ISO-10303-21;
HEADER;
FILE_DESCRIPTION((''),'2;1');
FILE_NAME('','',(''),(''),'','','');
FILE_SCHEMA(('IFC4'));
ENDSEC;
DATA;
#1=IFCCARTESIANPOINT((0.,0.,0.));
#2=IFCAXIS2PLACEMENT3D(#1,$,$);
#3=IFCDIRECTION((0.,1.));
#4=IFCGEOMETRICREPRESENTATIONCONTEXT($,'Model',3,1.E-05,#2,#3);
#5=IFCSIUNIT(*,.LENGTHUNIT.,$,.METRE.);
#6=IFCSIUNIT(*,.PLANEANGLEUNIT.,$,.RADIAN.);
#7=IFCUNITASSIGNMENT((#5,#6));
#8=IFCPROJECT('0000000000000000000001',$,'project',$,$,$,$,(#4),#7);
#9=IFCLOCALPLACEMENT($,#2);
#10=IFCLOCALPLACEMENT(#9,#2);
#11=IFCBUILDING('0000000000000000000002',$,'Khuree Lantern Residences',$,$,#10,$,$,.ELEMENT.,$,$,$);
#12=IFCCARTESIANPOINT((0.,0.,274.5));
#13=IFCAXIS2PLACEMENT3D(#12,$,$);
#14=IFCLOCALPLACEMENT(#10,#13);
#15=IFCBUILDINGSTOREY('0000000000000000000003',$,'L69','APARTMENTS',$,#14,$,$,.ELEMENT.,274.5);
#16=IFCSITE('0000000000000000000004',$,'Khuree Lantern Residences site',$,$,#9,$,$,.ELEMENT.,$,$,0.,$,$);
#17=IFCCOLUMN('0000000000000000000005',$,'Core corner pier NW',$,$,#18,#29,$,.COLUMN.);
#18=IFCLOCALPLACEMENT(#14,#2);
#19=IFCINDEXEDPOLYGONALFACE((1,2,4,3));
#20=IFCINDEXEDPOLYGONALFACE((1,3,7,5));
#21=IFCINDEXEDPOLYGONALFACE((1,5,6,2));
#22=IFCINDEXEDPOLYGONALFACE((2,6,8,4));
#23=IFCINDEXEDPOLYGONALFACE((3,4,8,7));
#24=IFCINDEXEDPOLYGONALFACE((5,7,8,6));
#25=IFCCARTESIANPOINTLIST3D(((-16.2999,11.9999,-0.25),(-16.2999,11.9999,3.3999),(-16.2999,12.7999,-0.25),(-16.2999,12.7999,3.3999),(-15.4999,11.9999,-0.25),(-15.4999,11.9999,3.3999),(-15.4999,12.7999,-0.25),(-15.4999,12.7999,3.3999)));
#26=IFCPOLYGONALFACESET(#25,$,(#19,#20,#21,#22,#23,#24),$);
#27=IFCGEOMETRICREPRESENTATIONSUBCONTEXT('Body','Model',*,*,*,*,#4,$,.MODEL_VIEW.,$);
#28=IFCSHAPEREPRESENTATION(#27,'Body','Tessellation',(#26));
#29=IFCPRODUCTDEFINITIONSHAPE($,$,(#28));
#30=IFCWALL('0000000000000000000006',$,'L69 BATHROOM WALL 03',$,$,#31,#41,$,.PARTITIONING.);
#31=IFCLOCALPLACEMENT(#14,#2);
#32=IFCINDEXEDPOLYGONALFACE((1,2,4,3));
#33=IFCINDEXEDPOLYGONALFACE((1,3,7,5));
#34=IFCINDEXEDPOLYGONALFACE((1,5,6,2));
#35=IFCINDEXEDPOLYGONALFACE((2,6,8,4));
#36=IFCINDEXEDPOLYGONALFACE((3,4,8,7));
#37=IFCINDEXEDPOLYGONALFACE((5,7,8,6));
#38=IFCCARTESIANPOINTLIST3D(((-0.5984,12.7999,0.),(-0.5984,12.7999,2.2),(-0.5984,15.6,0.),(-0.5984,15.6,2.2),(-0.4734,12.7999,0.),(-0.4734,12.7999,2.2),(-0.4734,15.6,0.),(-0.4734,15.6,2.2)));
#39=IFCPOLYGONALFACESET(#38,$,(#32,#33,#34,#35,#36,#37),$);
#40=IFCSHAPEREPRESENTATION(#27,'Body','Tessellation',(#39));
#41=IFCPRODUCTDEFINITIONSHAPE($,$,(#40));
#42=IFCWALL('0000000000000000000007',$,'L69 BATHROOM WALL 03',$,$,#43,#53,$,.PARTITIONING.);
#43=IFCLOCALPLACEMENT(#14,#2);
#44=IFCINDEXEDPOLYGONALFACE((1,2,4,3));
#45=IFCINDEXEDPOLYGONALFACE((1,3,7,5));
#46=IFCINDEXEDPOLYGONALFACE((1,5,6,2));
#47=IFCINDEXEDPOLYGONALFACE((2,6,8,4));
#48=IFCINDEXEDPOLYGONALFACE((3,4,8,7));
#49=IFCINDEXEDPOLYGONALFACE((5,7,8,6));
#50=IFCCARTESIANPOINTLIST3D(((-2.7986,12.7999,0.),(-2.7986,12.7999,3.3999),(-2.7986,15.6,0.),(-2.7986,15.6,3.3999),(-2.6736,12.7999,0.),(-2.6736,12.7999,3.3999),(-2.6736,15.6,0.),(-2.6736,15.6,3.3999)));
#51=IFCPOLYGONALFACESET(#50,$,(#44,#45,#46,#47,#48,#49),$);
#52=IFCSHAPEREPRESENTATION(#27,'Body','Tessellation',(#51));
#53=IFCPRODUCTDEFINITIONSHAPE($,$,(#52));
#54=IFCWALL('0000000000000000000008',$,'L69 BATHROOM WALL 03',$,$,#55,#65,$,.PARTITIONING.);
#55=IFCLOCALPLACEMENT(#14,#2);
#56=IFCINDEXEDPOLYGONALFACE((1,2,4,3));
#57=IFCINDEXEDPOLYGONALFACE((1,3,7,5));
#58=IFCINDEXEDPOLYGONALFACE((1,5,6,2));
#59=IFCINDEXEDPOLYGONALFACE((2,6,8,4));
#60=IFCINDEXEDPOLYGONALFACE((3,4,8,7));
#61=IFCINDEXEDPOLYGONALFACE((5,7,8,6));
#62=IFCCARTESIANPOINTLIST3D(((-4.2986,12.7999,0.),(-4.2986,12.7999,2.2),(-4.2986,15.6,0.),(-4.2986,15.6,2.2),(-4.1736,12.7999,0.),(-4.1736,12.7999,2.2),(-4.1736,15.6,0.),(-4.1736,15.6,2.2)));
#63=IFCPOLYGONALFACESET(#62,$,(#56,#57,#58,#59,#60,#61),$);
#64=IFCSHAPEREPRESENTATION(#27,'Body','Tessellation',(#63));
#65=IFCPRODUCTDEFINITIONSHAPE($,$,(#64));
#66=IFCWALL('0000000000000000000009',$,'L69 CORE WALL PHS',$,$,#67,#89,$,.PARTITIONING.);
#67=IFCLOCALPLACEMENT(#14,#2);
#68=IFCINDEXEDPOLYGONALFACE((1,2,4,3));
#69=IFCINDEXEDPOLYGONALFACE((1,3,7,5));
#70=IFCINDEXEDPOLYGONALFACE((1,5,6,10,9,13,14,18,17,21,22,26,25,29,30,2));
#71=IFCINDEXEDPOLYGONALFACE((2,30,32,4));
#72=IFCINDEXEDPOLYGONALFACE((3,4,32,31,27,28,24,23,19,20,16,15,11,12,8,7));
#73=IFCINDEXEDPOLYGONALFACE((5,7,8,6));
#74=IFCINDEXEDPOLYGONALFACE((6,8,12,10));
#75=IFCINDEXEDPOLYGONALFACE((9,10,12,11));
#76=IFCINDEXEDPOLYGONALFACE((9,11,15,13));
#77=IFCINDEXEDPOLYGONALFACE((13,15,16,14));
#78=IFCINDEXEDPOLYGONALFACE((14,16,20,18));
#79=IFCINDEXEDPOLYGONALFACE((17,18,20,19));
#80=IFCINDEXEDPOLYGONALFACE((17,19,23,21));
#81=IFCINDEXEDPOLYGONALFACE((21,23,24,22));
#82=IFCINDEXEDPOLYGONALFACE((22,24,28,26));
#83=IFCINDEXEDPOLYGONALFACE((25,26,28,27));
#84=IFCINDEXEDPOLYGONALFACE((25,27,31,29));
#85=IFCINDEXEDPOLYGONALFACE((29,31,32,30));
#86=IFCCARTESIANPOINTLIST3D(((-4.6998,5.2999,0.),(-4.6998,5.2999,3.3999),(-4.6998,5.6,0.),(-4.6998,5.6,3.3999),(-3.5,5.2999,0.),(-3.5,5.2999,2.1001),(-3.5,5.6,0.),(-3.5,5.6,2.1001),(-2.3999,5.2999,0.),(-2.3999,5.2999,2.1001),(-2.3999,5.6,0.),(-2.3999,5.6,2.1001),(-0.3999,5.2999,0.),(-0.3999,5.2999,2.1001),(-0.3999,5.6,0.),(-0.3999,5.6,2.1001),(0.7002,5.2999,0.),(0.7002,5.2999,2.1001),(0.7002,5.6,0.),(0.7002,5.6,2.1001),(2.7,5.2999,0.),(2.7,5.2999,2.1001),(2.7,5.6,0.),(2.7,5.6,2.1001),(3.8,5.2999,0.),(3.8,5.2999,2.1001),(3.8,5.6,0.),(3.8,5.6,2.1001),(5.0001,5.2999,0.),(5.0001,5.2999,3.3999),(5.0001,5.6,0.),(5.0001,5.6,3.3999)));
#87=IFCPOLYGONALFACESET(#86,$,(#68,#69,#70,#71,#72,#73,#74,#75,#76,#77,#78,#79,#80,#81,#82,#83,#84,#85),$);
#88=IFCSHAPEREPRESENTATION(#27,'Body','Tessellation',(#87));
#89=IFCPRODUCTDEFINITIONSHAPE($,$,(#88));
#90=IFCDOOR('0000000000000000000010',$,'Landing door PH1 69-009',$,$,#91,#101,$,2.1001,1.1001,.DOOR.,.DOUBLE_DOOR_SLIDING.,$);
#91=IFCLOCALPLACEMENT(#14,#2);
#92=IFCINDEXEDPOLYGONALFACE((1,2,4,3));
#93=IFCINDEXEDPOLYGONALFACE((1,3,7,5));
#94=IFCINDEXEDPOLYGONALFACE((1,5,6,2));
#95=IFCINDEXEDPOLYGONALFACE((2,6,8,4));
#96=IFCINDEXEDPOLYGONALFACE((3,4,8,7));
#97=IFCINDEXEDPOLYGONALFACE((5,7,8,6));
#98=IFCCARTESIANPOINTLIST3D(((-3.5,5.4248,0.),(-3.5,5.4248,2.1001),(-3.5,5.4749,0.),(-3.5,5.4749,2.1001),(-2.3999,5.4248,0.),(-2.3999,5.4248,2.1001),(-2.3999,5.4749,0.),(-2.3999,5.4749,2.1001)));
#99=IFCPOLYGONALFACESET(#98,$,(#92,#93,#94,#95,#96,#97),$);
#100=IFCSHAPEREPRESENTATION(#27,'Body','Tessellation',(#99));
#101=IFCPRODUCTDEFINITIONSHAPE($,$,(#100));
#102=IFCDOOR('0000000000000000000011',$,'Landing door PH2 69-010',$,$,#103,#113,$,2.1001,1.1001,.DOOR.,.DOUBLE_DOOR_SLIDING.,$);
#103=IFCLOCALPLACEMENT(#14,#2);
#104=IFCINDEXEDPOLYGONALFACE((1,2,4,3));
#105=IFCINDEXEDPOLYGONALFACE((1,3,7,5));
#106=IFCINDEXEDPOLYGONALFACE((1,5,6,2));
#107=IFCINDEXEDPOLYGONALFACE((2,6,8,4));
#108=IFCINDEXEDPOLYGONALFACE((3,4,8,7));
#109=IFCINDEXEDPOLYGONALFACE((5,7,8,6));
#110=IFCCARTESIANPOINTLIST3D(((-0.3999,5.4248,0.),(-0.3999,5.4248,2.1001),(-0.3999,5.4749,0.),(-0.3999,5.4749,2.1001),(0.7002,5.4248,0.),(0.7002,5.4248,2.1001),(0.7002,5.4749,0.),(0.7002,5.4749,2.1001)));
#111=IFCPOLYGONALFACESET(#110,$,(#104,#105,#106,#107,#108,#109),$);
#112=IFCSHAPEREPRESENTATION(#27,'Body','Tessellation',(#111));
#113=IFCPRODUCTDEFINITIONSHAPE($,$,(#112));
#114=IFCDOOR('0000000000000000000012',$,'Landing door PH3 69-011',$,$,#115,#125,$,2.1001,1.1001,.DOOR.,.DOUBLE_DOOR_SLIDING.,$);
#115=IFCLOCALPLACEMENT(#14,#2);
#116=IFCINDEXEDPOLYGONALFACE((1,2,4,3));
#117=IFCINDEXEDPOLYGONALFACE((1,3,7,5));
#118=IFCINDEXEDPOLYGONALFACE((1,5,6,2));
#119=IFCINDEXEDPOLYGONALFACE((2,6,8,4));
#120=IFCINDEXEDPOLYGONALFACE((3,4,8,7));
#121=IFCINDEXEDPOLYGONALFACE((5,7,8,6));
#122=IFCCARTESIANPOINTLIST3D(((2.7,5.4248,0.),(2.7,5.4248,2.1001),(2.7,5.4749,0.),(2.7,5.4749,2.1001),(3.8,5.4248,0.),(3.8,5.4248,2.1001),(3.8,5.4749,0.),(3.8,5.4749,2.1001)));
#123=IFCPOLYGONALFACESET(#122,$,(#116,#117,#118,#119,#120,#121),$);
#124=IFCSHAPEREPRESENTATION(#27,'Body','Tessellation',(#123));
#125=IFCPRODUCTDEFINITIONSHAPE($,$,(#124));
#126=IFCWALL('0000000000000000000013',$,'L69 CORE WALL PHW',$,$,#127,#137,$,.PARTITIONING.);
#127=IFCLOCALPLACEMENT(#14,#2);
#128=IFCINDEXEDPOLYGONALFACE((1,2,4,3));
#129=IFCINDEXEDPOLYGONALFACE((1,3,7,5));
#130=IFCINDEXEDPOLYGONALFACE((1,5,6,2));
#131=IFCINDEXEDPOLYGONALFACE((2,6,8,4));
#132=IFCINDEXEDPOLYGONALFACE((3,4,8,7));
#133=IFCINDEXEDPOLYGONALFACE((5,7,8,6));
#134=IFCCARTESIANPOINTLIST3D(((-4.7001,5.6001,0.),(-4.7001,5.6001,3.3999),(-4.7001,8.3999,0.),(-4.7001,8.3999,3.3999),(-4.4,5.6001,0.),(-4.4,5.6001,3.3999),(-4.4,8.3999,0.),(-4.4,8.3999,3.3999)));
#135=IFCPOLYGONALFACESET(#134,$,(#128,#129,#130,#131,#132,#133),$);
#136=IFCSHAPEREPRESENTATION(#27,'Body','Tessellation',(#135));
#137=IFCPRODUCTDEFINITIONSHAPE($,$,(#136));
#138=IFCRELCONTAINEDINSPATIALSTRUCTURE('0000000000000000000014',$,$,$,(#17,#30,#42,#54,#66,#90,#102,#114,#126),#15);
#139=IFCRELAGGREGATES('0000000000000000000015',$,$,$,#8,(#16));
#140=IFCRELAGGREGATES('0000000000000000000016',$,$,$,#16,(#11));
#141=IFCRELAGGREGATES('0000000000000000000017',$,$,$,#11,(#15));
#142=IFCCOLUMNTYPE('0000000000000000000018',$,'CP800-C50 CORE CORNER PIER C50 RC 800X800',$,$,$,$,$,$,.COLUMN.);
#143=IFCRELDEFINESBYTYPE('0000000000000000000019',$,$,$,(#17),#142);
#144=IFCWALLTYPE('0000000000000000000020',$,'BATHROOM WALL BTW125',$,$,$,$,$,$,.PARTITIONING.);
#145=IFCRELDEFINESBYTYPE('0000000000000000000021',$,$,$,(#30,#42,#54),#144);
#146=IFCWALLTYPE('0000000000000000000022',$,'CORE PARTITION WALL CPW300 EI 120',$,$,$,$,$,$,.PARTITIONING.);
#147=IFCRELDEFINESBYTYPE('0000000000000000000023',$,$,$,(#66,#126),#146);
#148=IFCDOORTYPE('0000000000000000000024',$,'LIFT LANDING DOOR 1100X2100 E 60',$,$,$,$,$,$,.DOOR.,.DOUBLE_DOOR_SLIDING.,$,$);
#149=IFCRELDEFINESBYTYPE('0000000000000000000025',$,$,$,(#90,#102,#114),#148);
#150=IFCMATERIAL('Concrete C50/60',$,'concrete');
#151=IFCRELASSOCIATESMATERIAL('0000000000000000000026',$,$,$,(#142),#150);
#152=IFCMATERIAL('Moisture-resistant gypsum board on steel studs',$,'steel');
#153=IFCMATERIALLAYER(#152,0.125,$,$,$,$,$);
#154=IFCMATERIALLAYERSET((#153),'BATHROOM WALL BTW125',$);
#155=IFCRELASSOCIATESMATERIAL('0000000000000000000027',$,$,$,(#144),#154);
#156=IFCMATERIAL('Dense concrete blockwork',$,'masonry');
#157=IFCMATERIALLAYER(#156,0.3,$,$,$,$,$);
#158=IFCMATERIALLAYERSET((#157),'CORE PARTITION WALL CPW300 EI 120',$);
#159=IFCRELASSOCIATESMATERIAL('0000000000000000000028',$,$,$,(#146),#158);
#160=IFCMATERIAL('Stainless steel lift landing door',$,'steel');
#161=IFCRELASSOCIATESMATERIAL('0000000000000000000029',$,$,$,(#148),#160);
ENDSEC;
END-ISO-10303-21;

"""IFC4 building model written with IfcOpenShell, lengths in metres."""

from ifc_helpers import new_model, si_unit, direction, frame, frame_2d, origin, origin_2d, place, context, subcontext, project, spatial, rectangle, extrude, material, layer, layer_set, material_profile, profile_set, type_object, element, fill, save


model = new_model("IFC4")

# Units and contexts
model_context = context("Model", 3, precision=1e-05, world=origin(), true_north=direction((0.0, 1.0)))
body_context = subcontext(model_context, "Body", "Model", "MODEL_VIEW")
ifc_project = project(units=[si_unit("LENGTHUNIT", "METRE"), si_unit("PLANEANGLEUNIT", "RADIAN")], contexts=[model_context])

# Site, building, storey
site_placement = place(None, origin())
site = spatial("IfcSite", under=ifc_project, at=site_placement, Name="Khuree Lantern Residences site", CompositionType="ELEMENT", RefElevation=0.0)
building_placement = place(site_placement, origin())
building = spatial("IfcBuilding", under=site, at=building_placement, Name="Khuree Lantern Residences", CompositionType="ELEMENT")
storey_placement = place(building_placement, frame((0.0, 0.0, 274.5)))
storey = spatial("IfcBuildingStorey", under=building, at=storey_placement, Name="L69", Description="APARTMENTS", CompositionType="ELEMENT", Elevation=274.5)

# Column
ifc_material_1 = material(Name="Concrete C50/60", Category="concrete")
ifc_material_profile = material_profile(ifc_material_1, rectangle(XDim=0.8, YDim=0.8, at=origin_2d()), Name="RC 800X800")
ifc_profile_set = profile_set([ifc_material_profile], Name="Concrete C50/60")
column_type = type_object("IfcColumnType", Name="CP800-C50 CORE CORNER PIER C50 RC 800X800", PredefinedType="COLUMN", material=ifc_profile_set)
column_placement = place(storey_placement, frame((-15.8999, 12.3999, -0.25), z_axis=(0.0, 0.0, 1.0), x_axis=(1.0, 0.0, 0.0)))
element("IfcColumn", 1, at=column_placement, inside=storey, type_object=column_type, Name="Core corner pier NW", PredefinedType="COLUMN", context=body_context, shape_type="SweptSolid", body=[
    extrude(rectangle(XDim=0.8, YDim=0.8, at=origin_2d()), origin(), (0.0, 0.0, 1.0), 3.6499),
])

# Walls
ifc_material_2 = material(Name="Moisture-resistant gypsum board on steel studs", Category="steel")
ifc_layer_1 = layer(ifc_material_2, 0.125)
ifc_layer_set_1 = layer_set([ifc_layer_1], Name="BATHROOM WALL BTW125")
wall_type_1 = type_object("IfcWallType", Name="BATHROOM WALL BTW125", PredefinedType="PARTITIONING", material=ifc_layer_set_1)
wall_1_placement = place(storey_placement, frame((-0.5359, 12.8, 0.0), z_axis=(0.0, 0.0, 1.0), x_axis=(0.0, 1.0, 0.0)))
element("IfcWall", 2, at=wall_1_placement, inside=storey, type_object=wall_type_1, Name="L69 BATHROOM WALL 03", PredefinedType="PARTITIONING", context=body_context, shape_type="SweptSolid", body=[
    extrude(rectangle(XDim=2.8, YDim=0.125, at=frame_2d((1.3999, 0.0))), origin(), (0.0, 0.0, 1.0), 2.2),
])
wall_2_placement = place(storey_placement, frame((-2.7361, 12.8, 0.0), z_axis=(0.0, 0.0, 1.0), x_axis=(0.0, 1.0, 0.0)))
element("IfcWall", 3, at=wall_2_placement, inside=storey, type_object=wall_type_1, Name="L69 BATHROOM WALL 03", PredefinedType="PARTITIONING", context=body_context, shape_type="SweptSolid", body=[
    extrude(rectangle(XDim=2.8, YDim=0.125, at=frame_2d((1.3999, 0.0))), origin(), (0.0, 0.0, 1.0), 3.3999),
])
wall_3_placement = place(storey_placement, frame((-4.2361, 12.8, 0.0), z_axis=(0.0, 0.0, 1.0), x_axis=(0.0, 1.0, 0.0)))
element("IfcWall", 4, at=wall_3_placement, inside=storey, type_object=wall_type_1, Name="L69 BATHROOM WALL 03", PredefinedType="PARTITIONING", context=body_context, shape_type="SweptSolid", body=[
    extrude(rectangle(XDim=2.8, YDim=0.125, at=frame_2d((1.3999, 0.0))), origin(), (0.0, 0.0, 1.0), 2.2),
])

# Wall, openings, doors
ifc_material_3 = material(Name="Dense concrete blockwork", Category="masonry")
ifc_layer_2 = layer(ifc_material_3, 0.3)
ifc_layer_set_2 = layer_set([ifc_layer_2], Name="CORE PARTITION WALL CPW300 EI 120")
wall_type_2 = type_object("IfcWallType", Name="CORE PARTITION WALL CPW300 EI 120", PredefinedType="PARTITIONING", material=ifc_layer_set_2)
wall_4_placement = place(storey_placement, frame((-4.7, 5.45, 0.0), z_axis=(0.0, 0.0, 1.0), x_axis=(1.0, 0.0, 0.0)))
wall_4 = element("IfcWall", 5, at=wall_4_placement, inside=storey, type_object=wall_type_2, Name="L69 CORE WALL PHS", PredefinedType="PARTITIONING", context=body_context, shape_type="SweptSolid", body=[
    extrude(rectangle(XDim=9.7, YDim=0.3, at=frame_2d((4.8501, 0.0))), origin(), (0.0, 0.0, 1.0), 3.3999),
])
opening_1_placement = place(wall_4_placement, frame((1.2, 0.0, 0.0)))
opening_1 = element("IfcOpeningElement", 6, at=opening_1_placement, cuts=wall_4, PredefinedType="OPENING", context=body_context, shape_type="SweptSolid", body=[
    extrude(rectangle(XDim=1.1001, YDim=2.1001, at=frame_2d((0.55, 1.05))), frame((0.0, 0.1602, 0.0), z_axis=(0.0, -1.0, 0.0), x_axis=(1.0, 0.0, 0.0)), (0.0, 0.0, 1.0), 0.3201),
])
opening_2_placement = place(wall_4_placement, frame((4.3, 0.0, 0.0)))
opening_2 = element("IfcOpeningElement", 7, at=opening_2_placement, cuts=wall_4, PredefinedType="OPENING", context=body_context, shape_type="SweptSolid", body=[
    extrude(rectangle(XDim=1.1001, YDim=2.1001, at=frame_2d((0.55, 1.05))), frame((0.0, 0.1602, 0.0), z_axis=(0.0, -1.0, 0.0), x_axis=(1.0, 0.0, 0.0)), (0.0, 0.0, 1.0), 0.3201),
])
opening_3_placement = place(wall_4_placement, frame((7.3999, 0.0, 0.0)))
opening_3 = element("IfcOpeningElement", 8, at=opening_3_placement, cuts=wall_4, PredefinedType="OPENING", context=body_context, shape_type="SweptSolid", body=[
    extrude(rectangle(XDim=1.1001, YDim=2.1001, at=frame_2d((0.55, 1.05))), frame((0.0, 0.1602, 0.0), z_axis=(0.0, -1.0, 0.0), x_axis=(1.0, 0.0, 0.0)), (0.0, 0.0, 1.0), 0.3201),
])
ifc_material_4 = material(Name="Stainless steel lift landing door", Category="steel")
door_type_1 = type_object("IfcDoorType", Name="LIFT LANDING DOOR 1100X2100 E 60", OperationType="DOUBLE_DOOR_SLIDING", PredefinedType="DOOR", material=ifc_material_4)
door_1_placement = place(opening_1_placement, origin())
door_1 = element("IfcDoor", 9, at=door_1_placement, inside=storey, type_object=door_type_1, Name="Landing door PH1 69-009", OperationType="DOUBLE_DOOR_SLIDING", OverallHeight=2.1001, OverallWidth=1.1001, PredefinedType="DOOR", context=body_context, shape_type="SweptSolid", body=[
    extrude(rectangle(XDim=1.1001, YDim=2.1001, at=frame_2d((0.55, 1.05))), frame((0.0, 0.0249, 0.0), z_axis=(0.0, -1.0, 0.0), x_axis=(1.0, 0.0, 0.0)), (0.0, 0.0, 1.0), 0.05),
])
fill(opening_1, door_1)
door_2_placement = place(opening_2_placement, origin())
door_2 = element("IfcDoor", 10, at=door_2_placement, inside=storey, type_object=door_type_1, Name="Landing door PH2 69-010", OperationType="DOUBLE_DOOR_SLIDING", OverallHeight=2.1001, OverallWidth=1.1001, PredefinedType="DOOR", context=body_context, shape_type="SweptSolid", body=[
    extrude(rectangle(XDim=1.1001, YDim=2.1001, at=frame_2d((0.55, 1.05))), frame((0.0, 0.0249, 0.0), z_axis=(0.0, -1.0, 0.0), x_axis=(1.0, 0.0, 0.0)), (0.0, 0.0, 1.0), 0.05),
])
fill(opening_2, door_2)
door_3_placement = place(opening_3_placement, origin())
door_3 = element("IfcDoor", 11, at=door_3_placement, inside=storey, type_object=door_type_1, Name="Landing door PH3 69-011", OperationType="DOUBLE_DOOR_SLIDING", OverallHeight=2.1001, OverallWidth=1.1001, PredefinedType="DOOR", context=body_context, shape_type="SweptSolid", body=[
    extrude(rectangle(XDim=1.1001, YDim=2.1001, at=frame_2d((0.55, 1.05))), frame((0.0, 0.0249, 0.0), z_axis=(0.0, -1.0, 0.0), x_axis=(1.0, 0.0, 0.0)), (0.0, 0.0, 1.0), 0.05),
])
fill(opening_3, door_3)

# Wall
wall_5_placement = place(storey_placement, frame((-4.55, 5.6001, 0.0), z_axis=(0.0, 0.0, 1.0), x_axis=(0.0, 1.0, 0.0)))
element("IfcWall", 12, at=wall_5_placement, inside=storey, type_object=wall_type_2, Name="L69 CORE WALL PHW", PredefinedType="PARTITIONING", context=body_context, shape_type="SweptSolid", body=[
    extrude(rectangle(XDim=2.7998, YDim=0.3, at=frame_2d((1.3999, 0.0))), origin(), (0.0, 0.0, 1.0), 3.3999),
])

save(model, "model.ifc")
